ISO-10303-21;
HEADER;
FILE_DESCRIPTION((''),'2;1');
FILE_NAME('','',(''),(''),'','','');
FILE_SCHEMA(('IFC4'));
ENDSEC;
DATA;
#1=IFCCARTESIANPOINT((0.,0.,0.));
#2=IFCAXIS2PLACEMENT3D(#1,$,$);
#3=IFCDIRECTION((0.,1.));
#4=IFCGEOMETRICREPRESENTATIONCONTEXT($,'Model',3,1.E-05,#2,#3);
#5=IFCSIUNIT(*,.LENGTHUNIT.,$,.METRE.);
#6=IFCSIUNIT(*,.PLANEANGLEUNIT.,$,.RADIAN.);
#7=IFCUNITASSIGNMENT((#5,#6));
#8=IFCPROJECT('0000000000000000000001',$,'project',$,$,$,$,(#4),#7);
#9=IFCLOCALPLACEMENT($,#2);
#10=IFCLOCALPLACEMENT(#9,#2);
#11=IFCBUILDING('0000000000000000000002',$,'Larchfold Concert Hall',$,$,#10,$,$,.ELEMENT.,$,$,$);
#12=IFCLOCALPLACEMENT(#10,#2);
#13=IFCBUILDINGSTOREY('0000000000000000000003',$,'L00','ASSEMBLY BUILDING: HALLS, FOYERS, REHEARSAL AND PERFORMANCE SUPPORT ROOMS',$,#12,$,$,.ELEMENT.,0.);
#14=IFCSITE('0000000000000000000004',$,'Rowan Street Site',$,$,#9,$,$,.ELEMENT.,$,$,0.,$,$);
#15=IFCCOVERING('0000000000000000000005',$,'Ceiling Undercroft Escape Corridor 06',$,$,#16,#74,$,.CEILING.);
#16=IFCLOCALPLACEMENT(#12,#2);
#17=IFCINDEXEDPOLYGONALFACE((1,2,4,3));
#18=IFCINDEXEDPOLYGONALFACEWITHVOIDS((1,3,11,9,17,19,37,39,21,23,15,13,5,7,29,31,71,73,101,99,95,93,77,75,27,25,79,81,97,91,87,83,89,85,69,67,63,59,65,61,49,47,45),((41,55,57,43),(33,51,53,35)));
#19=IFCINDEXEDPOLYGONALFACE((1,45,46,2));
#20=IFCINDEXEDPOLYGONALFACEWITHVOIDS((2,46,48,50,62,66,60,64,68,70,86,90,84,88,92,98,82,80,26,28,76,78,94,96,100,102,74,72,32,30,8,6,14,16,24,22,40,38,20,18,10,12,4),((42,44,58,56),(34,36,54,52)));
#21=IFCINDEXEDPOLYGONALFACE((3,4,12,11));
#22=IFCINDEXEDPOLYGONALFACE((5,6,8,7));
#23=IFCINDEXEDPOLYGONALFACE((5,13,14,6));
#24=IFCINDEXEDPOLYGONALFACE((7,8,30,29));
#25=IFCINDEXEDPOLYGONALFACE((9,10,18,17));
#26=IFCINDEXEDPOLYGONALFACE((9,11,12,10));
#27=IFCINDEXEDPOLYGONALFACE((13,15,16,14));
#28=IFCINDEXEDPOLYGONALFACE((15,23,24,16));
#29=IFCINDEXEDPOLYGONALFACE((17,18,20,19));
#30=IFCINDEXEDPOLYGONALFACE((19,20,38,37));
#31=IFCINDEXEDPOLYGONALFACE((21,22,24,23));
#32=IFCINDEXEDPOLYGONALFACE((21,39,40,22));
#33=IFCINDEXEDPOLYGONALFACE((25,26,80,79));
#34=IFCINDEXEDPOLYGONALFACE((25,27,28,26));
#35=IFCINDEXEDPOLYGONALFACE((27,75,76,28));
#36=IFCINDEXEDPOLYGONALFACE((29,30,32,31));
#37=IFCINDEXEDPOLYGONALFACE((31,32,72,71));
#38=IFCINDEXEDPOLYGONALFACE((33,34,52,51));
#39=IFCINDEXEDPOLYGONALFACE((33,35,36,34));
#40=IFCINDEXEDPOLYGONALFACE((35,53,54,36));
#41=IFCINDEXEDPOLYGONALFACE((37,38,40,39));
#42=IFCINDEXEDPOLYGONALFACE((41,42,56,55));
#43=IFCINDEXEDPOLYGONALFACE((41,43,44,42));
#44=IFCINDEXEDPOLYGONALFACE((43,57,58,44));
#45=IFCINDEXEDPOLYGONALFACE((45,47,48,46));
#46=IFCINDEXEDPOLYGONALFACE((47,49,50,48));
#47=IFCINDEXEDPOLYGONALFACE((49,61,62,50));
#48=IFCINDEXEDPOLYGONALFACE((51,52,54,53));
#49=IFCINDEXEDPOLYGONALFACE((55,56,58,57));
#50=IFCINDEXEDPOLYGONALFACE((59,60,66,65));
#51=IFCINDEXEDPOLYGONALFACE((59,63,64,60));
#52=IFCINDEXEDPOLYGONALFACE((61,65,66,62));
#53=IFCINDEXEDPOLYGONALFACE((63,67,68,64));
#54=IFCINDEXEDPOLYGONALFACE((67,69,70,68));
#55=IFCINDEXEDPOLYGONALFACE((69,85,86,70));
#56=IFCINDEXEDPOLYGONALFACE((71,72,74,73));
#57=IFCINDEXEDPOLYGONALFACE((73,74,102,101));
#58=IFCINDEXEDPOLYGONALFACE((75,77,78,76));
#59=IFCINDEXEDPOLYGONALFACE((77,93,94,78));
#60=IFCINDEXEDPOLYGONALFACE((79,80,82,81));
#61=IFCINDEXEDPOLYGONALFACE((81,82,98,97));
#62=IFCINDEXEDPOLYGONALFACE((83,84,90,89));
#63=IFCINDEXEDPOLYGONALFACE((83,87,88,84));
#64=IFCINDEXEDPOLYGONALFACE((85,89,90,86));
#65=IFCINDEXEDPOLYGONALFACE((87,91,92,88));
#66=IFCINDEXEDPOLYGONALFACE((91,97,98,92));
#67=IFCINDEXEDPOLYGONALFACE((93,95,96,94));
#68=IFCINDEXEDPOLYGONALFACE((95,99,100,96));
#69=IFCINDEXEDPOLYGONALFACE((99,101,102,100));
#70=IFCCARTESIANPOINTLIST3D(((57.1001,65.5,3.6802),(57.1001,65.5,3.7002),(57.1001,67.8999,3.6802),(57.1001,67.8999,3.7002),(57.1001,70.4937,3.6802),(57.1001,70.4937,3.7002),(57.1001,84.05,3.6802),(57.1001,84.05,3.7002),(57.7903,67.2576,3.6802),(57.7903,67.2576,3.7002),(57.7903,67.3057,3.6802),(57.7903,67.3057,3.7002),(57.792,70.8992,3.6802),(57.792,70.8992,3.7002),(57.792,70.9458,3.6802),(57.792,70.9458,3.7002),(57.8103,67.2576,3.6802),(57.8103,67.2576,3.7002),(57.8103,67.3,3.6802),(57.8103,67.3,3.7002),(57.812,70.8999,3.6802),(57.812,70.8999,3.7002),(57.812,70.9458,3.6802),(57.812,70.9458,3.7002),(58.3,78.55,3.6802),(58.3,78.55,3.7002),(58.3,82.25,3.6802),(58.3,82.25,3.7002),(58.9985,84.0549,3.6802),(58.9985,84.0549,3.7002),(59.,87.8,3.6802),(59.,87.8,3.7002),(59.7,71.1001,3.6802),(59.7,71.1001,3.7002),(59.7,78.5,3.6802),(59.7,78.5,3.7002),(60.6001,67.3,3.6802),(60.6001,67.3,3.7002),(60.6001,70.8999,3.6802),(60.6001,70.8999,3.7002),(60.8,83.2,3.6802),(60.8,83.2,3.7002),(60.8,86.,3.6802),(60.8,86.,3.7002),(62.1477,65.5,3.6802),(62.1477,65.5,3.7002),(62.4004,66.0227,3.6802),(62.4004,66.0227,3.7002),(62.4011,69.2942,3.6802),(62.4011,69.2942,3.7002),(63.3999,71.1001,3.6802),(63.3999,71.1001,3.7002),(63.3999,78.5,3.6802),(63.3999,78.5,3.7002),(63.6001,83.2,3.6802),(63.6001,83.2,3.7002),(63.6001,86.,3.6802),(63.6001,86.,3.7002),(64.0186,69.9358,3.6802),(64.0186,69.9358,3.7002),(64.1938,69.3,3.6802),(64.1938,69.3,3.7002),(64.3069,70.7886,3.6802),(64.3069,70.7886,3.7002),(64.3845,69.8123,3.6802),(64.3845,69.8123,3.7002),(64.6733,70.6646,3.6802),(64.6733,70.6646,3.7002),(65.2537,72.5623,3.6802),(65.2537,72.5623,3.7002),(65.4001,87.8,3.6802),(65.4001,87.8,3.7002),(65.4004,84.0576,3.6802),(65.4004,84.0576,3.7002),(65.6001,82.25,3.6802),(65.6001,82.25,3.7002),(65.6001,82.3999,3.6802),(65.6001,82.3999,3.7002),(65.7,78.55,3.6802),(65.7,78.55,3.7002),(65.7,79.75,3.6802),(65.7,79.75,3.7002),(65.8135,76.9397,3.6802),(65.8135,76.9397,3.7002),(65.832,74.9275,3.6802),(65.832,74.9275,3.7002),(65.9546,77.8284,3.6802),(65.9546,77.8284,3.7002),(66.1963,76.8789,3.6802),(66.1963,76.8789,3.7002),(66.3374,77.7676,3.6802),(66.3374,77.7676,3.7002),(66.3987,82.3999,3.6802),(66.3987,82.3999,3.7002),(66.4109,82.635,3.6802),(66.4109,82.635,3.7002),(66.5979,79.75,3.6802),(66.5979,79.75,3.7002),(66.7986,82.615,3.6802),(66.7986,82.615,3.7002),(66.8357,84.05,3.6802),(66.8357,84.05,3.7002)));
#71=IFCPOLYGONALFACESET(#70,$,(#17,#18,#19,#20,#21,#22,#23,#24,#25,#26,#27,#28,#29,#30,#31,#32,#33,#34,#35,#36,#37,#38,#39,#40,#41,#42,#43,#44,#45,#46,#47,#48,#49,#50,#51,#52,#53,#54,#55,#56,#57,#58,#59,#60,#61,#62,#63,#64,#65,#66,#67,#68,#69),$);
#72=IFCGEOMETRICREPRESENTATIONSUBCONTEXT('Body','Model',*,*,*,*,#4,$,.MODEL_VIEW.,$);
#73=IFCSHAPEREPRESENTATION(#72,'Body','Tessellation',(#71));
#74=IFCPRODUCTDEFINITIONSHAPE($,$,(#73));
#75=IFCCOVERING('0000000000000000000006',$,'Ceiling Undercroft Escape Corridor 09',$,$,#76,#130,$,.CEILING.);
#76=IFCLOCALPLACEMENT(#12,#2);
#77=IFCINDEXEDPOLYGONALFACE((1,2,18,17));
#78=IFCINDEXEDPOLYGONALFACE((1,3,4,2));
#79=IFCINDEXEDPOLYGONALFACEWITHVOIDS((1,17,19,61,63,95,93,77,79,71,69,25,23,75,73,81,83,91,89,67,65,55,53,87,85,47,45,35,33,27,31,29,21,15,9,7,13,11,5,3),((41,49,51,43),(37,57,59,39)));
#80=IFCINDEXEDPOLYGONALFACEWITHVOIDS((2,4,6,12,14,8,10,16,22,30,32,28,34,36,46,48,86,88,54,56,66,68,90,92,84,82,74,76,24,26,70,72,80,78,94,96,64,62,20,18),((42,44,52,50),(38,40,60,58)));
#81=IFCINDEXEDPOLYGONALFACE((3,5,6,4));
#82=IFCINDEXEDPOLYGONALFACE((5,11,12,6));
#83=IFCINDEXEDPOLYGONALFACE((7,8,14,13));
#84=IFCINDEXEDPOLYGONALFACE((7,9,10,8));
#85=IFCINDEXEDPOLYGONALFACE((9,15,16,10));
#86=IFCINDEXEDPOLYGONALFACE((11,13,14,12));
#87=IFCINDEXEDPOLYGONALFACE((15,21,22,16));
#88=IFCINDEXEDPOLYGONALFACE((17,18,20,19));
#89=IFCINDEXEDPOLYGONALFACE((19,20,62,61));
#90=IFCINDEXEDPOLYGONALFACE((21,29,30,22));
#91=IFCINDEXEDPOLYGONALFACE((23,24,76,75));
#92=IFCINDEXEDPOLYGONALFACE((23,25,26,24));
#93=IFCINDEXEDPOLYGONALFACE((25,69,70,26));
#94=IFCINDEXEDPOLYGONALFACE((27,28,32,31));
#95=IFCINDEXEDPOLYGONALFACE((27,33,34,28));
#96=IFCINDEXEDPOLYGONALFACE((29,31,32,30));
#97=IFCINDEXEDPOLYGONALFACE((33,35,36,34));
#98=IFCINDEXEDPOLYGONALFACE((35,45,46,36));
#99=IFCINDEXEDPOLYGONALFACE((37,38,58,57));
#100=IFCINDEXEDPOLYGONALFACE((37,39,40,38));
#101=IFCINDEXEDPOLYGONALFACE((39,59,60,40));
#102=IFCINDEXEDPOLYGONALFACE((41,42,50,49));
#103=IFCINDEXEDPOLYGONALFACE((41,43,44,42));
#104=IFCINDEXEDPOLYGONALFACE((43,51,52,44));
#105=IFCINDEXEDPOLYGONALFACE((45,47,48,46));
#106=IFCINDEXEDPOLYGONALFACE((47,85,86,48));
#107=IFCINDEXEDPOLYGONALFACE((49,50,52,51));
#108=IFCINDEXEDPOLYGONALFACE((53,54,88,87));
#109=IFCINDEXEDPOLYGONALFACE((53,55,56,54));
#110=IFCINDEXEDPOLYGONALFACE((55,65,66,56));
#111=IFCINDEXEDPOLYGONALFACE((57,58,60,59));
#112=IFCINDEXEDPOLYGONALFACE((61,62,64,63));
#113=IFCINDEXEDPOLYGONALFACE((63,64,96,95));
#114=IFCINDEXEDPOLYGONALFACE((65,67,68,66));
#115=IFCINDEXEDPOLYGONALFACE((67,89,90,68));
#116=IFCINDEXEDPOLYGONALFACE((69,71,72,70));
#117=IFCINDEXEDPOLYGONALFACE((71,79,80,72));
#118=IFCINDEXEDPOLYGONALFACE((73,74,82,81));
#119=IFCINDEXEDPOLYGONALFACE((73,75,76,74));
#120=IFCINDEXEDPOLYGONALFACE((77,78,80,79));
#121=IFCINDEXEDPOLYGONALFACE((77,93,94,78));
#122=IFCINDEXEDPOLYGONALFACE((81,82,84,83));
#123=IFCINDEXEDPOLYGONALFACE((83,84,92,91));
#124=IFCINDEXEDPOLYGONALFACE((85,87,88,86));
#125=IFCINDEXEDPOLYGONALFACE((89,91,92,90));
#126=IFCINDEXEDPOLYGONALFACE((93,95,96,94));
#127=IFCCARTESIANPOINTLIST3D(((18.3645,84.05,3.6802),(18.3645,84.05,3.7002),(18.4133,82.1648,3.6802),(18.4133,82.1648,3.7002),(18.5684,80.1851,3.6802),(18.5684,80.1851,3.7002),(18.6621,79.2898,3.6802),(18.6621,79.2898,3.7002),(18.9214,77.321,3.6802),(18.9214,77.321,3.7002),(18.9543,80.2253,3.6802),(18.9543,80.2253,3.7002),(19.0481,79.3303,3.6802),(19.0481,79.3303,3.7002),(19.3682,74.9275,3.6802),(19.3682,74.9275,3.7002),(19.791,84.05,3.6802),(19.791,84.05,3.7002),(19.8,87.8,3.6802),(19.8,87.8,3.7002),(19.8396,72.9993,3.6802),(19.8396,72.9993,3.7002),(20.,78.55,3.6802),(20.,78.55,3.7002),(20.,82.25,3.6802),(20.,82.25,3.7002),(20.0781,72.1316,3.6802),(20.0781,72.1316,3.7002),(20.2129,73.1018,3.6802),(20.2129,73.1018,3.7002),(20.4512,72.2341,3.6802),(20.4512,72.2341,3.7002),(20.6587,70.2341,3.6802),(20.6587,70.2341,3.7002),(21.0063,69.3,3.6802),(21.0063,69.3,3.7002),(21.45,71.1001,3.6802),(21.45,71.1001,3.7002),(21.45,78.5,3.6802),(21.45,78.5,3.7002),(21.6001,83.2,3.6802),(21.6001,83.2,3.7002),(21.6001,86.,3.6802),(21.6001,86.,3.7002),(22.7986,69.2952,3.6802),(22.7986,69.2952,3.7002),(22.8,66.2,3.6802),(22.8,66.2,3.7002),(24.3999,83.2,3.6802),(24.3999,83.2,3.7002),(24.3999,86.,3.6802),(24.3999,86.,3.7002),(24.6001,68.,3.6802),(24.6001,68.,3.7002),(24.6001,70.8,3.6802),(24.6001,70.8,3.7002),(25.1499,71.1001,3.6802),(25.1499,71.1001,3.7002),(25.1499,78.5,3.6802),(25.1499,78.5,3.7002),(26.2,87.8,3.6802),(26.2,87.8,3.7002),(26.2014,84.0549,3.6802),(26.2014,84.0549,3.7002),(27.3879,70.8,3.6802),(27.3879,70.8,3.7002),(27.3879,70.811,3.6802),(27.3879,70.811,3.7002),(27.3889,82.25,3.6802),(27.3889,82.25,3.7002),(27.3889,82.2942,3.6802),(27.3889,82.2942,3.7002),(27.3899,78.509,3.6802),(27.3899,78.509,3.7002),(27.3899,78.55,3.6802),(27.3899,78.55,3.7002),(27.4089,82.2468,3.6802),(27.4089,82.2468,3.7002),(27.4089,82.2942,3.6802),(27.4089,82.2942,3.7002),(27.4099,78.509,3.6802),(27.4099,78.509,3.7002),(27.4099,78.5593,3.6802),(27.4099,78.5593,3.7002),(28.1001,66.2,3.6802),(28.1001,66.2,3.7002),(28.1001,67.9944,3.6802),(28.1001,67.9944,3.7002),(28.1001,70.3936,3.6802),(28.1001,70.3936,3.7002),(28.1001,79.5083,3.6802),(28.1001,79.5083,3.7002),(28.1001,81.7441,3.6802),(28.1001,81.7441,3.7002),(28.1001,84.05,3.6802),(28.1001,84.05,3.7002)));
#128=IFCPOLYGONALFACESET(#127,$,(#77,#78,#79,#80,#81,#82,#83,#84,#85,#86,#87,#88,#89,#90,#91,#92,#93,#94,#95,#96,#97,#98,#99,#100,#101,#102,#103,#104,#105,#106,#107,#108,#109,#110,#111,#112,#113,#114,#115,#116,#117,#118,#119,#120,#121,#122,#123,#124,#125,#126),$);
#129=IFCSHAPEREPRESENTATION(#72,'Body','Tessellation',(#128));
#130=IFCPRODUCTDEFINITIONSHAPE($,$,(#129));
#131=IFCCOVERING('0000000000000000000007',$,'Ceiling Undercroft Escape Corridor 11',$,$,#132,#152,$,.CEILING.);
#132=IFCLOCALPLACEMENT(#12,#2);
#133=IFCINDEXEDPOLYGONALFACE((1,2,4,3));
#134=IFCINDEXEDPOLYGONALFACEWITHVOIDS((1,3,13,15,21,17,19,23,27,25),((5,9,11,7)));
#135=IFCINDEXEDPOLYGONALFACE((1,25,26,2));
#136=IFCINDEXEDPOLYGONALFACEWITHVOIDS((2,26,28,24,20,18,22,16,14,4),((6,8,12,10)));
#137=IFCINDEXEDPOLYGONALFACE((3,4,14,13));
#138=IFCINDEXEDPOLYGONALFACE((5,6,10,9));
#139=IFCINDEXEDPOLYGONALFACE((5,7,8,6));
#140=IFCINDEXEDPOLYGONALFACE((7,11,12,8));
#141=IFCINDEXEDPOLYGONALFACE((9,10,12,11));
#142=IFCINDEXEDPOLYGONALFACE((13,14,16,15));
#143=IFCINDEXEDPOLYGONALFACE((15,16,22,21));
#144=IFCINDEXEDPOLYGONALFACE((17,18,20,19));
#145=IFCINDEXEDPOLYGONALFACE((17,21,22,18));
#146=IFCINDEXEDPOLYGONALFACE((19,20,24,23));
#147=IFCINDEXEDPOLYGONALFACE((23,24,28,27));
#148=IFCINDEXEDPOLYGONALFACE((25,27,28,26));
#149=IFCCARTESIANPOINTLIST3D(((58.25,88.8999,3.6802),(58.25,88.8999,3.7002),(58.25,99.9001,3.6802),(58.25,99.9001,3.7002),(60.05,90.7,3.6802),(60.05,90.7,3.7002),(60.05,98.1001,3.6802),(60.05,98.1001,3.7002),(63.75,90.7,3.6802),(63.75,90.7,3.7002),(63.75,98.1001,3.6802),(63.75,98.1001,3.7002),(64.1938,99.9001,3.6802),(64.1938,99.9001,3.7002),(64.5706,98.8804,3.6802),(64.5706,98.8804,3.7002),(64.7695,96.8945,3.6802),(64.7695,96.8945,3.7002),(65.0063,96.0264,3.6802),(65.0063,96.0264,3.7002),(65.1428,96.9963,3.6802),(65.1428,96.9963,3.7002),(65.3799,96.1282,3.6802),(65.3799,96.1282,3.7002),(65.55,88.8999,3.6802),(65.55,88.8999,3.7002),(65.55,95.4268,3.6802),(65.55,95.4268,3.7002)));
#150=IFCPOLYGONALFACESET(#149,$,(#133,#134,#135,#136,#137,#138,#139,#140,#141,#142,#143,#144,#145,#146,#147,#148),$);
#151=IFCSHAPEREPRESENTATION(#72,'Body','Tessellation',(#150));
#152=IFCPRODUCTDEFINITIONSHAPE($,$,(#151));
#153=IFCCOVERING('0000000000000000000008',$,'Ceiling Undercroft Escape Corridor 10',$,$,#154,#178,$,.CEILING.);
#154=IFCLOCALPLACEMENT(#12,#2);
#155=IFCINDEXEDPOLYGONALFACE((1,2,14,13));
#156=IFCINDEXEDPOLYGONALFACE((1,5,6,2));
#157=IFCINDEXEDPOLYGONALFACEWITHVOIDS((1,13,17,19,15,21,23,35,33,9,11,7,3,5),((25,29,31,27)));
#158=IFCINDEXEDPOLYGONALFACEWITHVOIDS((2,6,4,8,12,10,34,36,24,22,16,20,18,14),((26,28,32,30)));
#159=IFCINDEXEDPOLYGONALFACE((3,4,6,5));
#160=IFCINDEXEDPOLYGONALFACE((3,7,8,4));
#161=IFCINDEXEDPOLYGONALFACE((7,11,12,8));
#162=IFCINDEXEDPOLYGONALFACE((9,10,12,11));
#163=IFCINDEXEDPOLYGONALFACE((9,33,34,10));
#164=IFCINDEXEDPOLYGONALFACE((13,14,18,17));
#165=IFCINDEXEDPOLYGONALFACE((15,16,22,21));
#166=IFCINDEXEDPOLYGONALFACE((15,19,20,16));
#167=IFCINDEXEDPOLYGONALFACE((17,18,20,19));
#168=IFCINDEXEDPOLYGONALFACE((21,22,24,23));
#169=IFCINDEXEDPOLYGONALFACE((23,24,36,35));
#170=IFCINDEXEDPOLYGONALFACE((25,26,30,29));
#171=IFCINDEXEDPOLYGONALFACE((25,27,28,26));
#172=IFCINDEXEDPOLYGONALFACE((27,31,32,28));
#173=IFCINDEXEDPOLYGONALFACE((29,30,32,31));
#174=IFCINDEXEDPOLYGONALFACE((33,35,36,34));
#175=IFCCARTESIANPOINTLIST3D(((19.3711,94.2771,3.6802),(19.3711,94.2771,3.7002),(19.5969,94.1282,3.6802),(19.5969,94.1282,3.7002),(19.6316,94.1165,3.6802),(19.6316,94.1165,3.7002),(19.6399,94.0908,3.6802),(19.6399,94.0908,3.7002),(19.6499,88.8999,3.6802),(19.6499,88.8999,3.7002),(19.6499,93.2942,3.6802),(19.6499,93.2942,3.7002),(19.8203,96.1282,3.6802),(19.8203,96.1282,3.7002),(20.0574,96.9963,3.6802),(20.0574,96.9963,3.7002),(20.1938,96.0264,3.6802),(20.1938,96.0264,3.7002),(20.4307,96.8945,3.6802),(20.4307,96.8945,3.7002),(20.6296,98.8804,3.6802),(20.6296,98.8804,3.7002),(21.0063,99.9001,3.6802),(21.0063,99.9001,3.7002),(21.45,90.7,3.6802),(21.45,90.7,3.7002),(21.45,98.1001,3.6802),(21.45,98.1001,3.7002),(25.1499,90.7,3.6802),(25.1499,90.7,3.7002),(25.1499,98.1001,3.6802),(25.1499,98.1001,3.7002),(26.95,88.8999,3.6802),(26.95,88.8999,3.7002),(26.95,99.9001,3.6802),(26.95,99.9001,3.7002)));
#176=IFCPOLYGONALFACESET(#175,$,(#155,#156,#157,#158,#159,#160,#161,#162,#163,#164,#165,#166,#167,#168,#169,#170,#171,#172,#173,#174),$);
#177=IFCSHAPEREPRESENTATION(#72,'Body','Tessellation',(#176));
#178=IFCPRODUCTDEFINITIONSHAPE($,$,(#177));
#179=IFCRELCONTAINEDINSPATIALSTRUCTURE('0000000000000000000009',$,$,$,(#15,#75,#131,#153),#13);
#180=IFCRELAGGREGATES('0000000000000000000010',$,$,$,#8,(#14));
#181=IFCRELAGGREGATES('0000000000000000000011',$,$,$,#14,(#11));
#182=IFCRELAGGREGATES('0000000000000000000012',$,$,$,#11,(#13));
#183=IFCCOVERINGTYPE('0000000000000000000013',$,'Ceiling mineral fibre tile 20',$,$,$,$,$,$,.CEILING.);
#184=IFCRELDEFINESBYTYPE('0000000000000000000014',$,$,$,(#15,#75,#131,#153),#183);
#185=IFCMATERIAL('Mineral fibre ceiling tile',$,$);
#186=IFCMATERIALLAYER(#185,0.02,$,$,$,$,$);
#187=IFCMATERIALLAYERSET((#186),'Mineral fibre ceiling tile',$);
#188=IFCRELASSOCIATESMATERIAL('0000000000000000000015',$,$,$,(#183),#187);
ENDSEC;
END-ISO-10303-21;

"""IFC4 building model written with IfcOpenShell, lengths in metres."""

from ifc_helpers import new_model, si_unit, direction, frame, origin, place, context, subcontext, project, spatial, polyline, outline, extrude, material, layer, layer_set, type_object, element, save


model = new_model("IFC4")

# Units and contexts
model_context = context("Model", 3, precision=1e-05, world=origin(), true_north=direction((0.0, 1.0)))
body_context = subcontext(model_context, "Body", "Model", "MODEL_VIEW")
ifc_project = project(units=[si_unit("LENGTHUNIT", "METRE"), si_unit("PLANEANGLEUNIT", "RADIAN")], contexts=[model_context])

# Site, building, storey
site_placement = place(None, origin())
site = spatial("IfcSite", under=ifc_project, at=site_placement, Name="Rowan Street Site", CompositionType="ELEMENT", RefElevation=0.0)
building_placement = place(site_placement, origin())
building = spatial("IfcBuilding", under=site, at=building_placement, Name="Larchfold Concert Hall", CompositionType="ELEMENT")
storey_placement = place(building_placement, origin())
storey = spatial("IfcBuildingStorey", under=building, at=storey_placement, Name="L00", Description="ASSEMBLY BUILDING: HALLS, FOYERS, REHEARSAL AND PERFORMANCE SUPPORT ROOMS", CompositionType="ELEMENT", Elevation=0.0)

# Coverings
ifc_material_1 = material(Name="Mineral fibre ceiling tile")
ifc_layer_1 = layer(ifc_material_1, 0.02)
ifc_layer_set_1 = layer_set([ifc_layer_1], Name="Mineral fibre ceiling tile")
covering_type = type_object("IfcCoveringType", Name="Ceiling mineral fibre tile 20", PredefinedType="CEILING", material=ifc_layer_set_1)
covering_1_placement = place(storey_placement, frame((0.0, 0.0, 3.6802)))
element("IfcCovering", 1, at=covering_1_placement, inside=storey, type_object=covering_type, Name="Ceiling Undercroft Escape Corridor 06", PredefinedType="CEILING", context=body_context, shape_type="SweptSolid", body=[
    extrude(outline(polyline([(57.7903, 67.2576), (57.7903, 67.3057), (57.1001, 67.8999), (57.1001, 65.5), (62.1477, 65.5), (62.4004, 66.0227), (62.4011, 69.2942), (64.1938, 69.3), (64.3845, 69.8123), (64.0186, 69.9358), (64.3069, 70.7886), (64.6733, 70.6646), (65.2537, 72.5623), (65.832, 74.9275), (66.1963, 76.8789), (65.8135, 76.9397), (65.9546, 77.8284), (66.3374, 77.7676), (66.5979, 79.75), (65.7, 79.75), (65.7, 78.55), (58.3, 78.55), (58.3, 82.25), (65.6001, 82.25), (65.6001, 82.3999), (66.3987, 82.3999), (66.4109, 82.635), (66.7986, 82.615), (66.8357, 84.05), (65.4004, 84.0576), (65.4001, 87.8), (59.0, 87.8), (58.9985, 84.0549), (57.1001, 84.05), (57.1001, 70.4937), (57.792, 70.8992), (57.792, 70.9458), (57.812, 70.9458), (57.812, 70.8999), (60.6001, 70.8999), (60.6001, 67.3), (57.8103, 67.3), (57.8103, 67.2576), (57.7903, 67.2576)]), holes=[polyline([(60.8, 83.2), (60.8, 86.0), (63.6001, 86.0), (63.6001, 83.2), (60.8, 83.2)]), polyline([(59.7, 71.1001), (59.7, 78.5), (63.3999, 78.5), (63.3999, 71.1001), (59.7, 71.1001)])]), origin(), (0.0, 0.0, 1.0), 0.02),
])
covering_2_placement = place(storey_placement, frame((0.0, 0.0, 3.6802)))
element("IfcCovering", 2, at=covering_2_placement, inside=storey, type_object=covering_type, Name="Ceiling Undercroft Escape Corridor 09", PredefinedType="CEILING", context=body_context, shape_type="SweptSolid", body=[
    extrude(outline(polyline([(19.8, 87.8), (19.791, 84.05), (18.3645, 84.05), (18.4133, 82.1648), (18.5684, 80.1851), (18.9543, 80.2253), (19.0481, 79.3303), (18.6621, 79.2898), (18.9214, 77.321), (19.3682, 74.9275), (19.8396, 72.9993), (20.2129, 73.1018), (20.4512, 72.2341), (20.0781, 72.1316), (20.6587, 70.2341), (21.0063, 69.3), (22.7986, 69.2952), (22.8, 66.2), (28.1001, 66.2), (28.1001, 67.9944), (24.6001, 68.0), (24.6001, 70.8), (27.3879, 70.8), (27.3879, 70.811), (28.1001, 70.3936), (28.1001, 79.5083), (27.4099, 78.5593), (27.4099, 78.509), (27.3899, 78.509), (27.3899, 78.55), (20.0, 78.55), (20.0, 82.25), (27.3889, 82.25), (27.3889, 82.2942), (27.4089, 82.2942), (27.4089, 82.2468), (28.1001, 81.7441), (28.1001, 84.05), (26.2014, 84.0549), (26.2, 87.8), (19.8, 87.8)]), holes=[polyline([(21.45, 78.5), (25.1499, 78.5), (25.1499, 71.1001), (21.45, 71.1001), (21.45, 78.5)]), polyline([(21.6001, 83.2), (21.6001, 86.0), (24.3999, 86.0), (24.3999, 83.2), (21.6001, 83.2)])]), origin(), (0.0, 0.0, 1.0), 0.02),
])
covering_3_placement = place(storey_placement, frame((0.0, 0.0, 3.6802)))
element("IfcCovering", 3, at=covering_3_placement, inside=storey, type_object=covering_type, Name="Ceiling Undercroft Escape Corridor 11", PredefinedType="CEILING", context=body_context, shape_type="SweptSolid", body=[
    extrude(outline(polyline([(58.25, 88.8999), (65.55, 88.8999), (65.55, 95.4268), (65.3799, 96.1282), (65.0063, 96.0264), (64.7695, 96.8945), (65.1428, 96.9963), (64.5706, 98.8804), (64.1938, 99.9001), (58.25, 99.9001), (58.25, 88.8999)]), holes=[polyline([(60.05, 98.1001), (63.75, 98.1001), (63.75, 90.7), (60.05, 90.7), (60.05, 98.1001)])]), origin(), (0.0, 0.0, 1.0), 0.02),
])
covering_4_placement = place(storey_placement, frame((0.0, 0.0, 3.6802)))
element("IfcCovering", 4, at=covering_4_placement, inside=storey, type_object=covering_type, Name="Ceiling Undercroft Escape Corridor 10", PredefinedType="CEILING", context=body_context, shape_type="SweptSolid", body=[
    extrude(outline(polyline([(19.5969, 94.1282), (19.6399, 94.0908), (19.6499, 93.2942), (19.6499, 88.8999), (26.95, 88.8999), (26.95, 99.9001), (21.0063, 99.9001), (20.6296, 98.8804), (20.0574, 96.9963), (20.4307, 96.8945), (20.1938, 96.0264), (19.8203, 96.1282), (19.3711, 94.2771), (19.6316, 94.1165), (19.5969, 94.1282)]), holes=[polyline([(21.45, 90.7), (21.45, 98.1001), (25.1499, 98.1001), (25.1499, 90.7), (21.45, 90.7)])]), origin(), (0.0, 0.0, 1.0), 0.02),
])

save(model, "model.ifc")
